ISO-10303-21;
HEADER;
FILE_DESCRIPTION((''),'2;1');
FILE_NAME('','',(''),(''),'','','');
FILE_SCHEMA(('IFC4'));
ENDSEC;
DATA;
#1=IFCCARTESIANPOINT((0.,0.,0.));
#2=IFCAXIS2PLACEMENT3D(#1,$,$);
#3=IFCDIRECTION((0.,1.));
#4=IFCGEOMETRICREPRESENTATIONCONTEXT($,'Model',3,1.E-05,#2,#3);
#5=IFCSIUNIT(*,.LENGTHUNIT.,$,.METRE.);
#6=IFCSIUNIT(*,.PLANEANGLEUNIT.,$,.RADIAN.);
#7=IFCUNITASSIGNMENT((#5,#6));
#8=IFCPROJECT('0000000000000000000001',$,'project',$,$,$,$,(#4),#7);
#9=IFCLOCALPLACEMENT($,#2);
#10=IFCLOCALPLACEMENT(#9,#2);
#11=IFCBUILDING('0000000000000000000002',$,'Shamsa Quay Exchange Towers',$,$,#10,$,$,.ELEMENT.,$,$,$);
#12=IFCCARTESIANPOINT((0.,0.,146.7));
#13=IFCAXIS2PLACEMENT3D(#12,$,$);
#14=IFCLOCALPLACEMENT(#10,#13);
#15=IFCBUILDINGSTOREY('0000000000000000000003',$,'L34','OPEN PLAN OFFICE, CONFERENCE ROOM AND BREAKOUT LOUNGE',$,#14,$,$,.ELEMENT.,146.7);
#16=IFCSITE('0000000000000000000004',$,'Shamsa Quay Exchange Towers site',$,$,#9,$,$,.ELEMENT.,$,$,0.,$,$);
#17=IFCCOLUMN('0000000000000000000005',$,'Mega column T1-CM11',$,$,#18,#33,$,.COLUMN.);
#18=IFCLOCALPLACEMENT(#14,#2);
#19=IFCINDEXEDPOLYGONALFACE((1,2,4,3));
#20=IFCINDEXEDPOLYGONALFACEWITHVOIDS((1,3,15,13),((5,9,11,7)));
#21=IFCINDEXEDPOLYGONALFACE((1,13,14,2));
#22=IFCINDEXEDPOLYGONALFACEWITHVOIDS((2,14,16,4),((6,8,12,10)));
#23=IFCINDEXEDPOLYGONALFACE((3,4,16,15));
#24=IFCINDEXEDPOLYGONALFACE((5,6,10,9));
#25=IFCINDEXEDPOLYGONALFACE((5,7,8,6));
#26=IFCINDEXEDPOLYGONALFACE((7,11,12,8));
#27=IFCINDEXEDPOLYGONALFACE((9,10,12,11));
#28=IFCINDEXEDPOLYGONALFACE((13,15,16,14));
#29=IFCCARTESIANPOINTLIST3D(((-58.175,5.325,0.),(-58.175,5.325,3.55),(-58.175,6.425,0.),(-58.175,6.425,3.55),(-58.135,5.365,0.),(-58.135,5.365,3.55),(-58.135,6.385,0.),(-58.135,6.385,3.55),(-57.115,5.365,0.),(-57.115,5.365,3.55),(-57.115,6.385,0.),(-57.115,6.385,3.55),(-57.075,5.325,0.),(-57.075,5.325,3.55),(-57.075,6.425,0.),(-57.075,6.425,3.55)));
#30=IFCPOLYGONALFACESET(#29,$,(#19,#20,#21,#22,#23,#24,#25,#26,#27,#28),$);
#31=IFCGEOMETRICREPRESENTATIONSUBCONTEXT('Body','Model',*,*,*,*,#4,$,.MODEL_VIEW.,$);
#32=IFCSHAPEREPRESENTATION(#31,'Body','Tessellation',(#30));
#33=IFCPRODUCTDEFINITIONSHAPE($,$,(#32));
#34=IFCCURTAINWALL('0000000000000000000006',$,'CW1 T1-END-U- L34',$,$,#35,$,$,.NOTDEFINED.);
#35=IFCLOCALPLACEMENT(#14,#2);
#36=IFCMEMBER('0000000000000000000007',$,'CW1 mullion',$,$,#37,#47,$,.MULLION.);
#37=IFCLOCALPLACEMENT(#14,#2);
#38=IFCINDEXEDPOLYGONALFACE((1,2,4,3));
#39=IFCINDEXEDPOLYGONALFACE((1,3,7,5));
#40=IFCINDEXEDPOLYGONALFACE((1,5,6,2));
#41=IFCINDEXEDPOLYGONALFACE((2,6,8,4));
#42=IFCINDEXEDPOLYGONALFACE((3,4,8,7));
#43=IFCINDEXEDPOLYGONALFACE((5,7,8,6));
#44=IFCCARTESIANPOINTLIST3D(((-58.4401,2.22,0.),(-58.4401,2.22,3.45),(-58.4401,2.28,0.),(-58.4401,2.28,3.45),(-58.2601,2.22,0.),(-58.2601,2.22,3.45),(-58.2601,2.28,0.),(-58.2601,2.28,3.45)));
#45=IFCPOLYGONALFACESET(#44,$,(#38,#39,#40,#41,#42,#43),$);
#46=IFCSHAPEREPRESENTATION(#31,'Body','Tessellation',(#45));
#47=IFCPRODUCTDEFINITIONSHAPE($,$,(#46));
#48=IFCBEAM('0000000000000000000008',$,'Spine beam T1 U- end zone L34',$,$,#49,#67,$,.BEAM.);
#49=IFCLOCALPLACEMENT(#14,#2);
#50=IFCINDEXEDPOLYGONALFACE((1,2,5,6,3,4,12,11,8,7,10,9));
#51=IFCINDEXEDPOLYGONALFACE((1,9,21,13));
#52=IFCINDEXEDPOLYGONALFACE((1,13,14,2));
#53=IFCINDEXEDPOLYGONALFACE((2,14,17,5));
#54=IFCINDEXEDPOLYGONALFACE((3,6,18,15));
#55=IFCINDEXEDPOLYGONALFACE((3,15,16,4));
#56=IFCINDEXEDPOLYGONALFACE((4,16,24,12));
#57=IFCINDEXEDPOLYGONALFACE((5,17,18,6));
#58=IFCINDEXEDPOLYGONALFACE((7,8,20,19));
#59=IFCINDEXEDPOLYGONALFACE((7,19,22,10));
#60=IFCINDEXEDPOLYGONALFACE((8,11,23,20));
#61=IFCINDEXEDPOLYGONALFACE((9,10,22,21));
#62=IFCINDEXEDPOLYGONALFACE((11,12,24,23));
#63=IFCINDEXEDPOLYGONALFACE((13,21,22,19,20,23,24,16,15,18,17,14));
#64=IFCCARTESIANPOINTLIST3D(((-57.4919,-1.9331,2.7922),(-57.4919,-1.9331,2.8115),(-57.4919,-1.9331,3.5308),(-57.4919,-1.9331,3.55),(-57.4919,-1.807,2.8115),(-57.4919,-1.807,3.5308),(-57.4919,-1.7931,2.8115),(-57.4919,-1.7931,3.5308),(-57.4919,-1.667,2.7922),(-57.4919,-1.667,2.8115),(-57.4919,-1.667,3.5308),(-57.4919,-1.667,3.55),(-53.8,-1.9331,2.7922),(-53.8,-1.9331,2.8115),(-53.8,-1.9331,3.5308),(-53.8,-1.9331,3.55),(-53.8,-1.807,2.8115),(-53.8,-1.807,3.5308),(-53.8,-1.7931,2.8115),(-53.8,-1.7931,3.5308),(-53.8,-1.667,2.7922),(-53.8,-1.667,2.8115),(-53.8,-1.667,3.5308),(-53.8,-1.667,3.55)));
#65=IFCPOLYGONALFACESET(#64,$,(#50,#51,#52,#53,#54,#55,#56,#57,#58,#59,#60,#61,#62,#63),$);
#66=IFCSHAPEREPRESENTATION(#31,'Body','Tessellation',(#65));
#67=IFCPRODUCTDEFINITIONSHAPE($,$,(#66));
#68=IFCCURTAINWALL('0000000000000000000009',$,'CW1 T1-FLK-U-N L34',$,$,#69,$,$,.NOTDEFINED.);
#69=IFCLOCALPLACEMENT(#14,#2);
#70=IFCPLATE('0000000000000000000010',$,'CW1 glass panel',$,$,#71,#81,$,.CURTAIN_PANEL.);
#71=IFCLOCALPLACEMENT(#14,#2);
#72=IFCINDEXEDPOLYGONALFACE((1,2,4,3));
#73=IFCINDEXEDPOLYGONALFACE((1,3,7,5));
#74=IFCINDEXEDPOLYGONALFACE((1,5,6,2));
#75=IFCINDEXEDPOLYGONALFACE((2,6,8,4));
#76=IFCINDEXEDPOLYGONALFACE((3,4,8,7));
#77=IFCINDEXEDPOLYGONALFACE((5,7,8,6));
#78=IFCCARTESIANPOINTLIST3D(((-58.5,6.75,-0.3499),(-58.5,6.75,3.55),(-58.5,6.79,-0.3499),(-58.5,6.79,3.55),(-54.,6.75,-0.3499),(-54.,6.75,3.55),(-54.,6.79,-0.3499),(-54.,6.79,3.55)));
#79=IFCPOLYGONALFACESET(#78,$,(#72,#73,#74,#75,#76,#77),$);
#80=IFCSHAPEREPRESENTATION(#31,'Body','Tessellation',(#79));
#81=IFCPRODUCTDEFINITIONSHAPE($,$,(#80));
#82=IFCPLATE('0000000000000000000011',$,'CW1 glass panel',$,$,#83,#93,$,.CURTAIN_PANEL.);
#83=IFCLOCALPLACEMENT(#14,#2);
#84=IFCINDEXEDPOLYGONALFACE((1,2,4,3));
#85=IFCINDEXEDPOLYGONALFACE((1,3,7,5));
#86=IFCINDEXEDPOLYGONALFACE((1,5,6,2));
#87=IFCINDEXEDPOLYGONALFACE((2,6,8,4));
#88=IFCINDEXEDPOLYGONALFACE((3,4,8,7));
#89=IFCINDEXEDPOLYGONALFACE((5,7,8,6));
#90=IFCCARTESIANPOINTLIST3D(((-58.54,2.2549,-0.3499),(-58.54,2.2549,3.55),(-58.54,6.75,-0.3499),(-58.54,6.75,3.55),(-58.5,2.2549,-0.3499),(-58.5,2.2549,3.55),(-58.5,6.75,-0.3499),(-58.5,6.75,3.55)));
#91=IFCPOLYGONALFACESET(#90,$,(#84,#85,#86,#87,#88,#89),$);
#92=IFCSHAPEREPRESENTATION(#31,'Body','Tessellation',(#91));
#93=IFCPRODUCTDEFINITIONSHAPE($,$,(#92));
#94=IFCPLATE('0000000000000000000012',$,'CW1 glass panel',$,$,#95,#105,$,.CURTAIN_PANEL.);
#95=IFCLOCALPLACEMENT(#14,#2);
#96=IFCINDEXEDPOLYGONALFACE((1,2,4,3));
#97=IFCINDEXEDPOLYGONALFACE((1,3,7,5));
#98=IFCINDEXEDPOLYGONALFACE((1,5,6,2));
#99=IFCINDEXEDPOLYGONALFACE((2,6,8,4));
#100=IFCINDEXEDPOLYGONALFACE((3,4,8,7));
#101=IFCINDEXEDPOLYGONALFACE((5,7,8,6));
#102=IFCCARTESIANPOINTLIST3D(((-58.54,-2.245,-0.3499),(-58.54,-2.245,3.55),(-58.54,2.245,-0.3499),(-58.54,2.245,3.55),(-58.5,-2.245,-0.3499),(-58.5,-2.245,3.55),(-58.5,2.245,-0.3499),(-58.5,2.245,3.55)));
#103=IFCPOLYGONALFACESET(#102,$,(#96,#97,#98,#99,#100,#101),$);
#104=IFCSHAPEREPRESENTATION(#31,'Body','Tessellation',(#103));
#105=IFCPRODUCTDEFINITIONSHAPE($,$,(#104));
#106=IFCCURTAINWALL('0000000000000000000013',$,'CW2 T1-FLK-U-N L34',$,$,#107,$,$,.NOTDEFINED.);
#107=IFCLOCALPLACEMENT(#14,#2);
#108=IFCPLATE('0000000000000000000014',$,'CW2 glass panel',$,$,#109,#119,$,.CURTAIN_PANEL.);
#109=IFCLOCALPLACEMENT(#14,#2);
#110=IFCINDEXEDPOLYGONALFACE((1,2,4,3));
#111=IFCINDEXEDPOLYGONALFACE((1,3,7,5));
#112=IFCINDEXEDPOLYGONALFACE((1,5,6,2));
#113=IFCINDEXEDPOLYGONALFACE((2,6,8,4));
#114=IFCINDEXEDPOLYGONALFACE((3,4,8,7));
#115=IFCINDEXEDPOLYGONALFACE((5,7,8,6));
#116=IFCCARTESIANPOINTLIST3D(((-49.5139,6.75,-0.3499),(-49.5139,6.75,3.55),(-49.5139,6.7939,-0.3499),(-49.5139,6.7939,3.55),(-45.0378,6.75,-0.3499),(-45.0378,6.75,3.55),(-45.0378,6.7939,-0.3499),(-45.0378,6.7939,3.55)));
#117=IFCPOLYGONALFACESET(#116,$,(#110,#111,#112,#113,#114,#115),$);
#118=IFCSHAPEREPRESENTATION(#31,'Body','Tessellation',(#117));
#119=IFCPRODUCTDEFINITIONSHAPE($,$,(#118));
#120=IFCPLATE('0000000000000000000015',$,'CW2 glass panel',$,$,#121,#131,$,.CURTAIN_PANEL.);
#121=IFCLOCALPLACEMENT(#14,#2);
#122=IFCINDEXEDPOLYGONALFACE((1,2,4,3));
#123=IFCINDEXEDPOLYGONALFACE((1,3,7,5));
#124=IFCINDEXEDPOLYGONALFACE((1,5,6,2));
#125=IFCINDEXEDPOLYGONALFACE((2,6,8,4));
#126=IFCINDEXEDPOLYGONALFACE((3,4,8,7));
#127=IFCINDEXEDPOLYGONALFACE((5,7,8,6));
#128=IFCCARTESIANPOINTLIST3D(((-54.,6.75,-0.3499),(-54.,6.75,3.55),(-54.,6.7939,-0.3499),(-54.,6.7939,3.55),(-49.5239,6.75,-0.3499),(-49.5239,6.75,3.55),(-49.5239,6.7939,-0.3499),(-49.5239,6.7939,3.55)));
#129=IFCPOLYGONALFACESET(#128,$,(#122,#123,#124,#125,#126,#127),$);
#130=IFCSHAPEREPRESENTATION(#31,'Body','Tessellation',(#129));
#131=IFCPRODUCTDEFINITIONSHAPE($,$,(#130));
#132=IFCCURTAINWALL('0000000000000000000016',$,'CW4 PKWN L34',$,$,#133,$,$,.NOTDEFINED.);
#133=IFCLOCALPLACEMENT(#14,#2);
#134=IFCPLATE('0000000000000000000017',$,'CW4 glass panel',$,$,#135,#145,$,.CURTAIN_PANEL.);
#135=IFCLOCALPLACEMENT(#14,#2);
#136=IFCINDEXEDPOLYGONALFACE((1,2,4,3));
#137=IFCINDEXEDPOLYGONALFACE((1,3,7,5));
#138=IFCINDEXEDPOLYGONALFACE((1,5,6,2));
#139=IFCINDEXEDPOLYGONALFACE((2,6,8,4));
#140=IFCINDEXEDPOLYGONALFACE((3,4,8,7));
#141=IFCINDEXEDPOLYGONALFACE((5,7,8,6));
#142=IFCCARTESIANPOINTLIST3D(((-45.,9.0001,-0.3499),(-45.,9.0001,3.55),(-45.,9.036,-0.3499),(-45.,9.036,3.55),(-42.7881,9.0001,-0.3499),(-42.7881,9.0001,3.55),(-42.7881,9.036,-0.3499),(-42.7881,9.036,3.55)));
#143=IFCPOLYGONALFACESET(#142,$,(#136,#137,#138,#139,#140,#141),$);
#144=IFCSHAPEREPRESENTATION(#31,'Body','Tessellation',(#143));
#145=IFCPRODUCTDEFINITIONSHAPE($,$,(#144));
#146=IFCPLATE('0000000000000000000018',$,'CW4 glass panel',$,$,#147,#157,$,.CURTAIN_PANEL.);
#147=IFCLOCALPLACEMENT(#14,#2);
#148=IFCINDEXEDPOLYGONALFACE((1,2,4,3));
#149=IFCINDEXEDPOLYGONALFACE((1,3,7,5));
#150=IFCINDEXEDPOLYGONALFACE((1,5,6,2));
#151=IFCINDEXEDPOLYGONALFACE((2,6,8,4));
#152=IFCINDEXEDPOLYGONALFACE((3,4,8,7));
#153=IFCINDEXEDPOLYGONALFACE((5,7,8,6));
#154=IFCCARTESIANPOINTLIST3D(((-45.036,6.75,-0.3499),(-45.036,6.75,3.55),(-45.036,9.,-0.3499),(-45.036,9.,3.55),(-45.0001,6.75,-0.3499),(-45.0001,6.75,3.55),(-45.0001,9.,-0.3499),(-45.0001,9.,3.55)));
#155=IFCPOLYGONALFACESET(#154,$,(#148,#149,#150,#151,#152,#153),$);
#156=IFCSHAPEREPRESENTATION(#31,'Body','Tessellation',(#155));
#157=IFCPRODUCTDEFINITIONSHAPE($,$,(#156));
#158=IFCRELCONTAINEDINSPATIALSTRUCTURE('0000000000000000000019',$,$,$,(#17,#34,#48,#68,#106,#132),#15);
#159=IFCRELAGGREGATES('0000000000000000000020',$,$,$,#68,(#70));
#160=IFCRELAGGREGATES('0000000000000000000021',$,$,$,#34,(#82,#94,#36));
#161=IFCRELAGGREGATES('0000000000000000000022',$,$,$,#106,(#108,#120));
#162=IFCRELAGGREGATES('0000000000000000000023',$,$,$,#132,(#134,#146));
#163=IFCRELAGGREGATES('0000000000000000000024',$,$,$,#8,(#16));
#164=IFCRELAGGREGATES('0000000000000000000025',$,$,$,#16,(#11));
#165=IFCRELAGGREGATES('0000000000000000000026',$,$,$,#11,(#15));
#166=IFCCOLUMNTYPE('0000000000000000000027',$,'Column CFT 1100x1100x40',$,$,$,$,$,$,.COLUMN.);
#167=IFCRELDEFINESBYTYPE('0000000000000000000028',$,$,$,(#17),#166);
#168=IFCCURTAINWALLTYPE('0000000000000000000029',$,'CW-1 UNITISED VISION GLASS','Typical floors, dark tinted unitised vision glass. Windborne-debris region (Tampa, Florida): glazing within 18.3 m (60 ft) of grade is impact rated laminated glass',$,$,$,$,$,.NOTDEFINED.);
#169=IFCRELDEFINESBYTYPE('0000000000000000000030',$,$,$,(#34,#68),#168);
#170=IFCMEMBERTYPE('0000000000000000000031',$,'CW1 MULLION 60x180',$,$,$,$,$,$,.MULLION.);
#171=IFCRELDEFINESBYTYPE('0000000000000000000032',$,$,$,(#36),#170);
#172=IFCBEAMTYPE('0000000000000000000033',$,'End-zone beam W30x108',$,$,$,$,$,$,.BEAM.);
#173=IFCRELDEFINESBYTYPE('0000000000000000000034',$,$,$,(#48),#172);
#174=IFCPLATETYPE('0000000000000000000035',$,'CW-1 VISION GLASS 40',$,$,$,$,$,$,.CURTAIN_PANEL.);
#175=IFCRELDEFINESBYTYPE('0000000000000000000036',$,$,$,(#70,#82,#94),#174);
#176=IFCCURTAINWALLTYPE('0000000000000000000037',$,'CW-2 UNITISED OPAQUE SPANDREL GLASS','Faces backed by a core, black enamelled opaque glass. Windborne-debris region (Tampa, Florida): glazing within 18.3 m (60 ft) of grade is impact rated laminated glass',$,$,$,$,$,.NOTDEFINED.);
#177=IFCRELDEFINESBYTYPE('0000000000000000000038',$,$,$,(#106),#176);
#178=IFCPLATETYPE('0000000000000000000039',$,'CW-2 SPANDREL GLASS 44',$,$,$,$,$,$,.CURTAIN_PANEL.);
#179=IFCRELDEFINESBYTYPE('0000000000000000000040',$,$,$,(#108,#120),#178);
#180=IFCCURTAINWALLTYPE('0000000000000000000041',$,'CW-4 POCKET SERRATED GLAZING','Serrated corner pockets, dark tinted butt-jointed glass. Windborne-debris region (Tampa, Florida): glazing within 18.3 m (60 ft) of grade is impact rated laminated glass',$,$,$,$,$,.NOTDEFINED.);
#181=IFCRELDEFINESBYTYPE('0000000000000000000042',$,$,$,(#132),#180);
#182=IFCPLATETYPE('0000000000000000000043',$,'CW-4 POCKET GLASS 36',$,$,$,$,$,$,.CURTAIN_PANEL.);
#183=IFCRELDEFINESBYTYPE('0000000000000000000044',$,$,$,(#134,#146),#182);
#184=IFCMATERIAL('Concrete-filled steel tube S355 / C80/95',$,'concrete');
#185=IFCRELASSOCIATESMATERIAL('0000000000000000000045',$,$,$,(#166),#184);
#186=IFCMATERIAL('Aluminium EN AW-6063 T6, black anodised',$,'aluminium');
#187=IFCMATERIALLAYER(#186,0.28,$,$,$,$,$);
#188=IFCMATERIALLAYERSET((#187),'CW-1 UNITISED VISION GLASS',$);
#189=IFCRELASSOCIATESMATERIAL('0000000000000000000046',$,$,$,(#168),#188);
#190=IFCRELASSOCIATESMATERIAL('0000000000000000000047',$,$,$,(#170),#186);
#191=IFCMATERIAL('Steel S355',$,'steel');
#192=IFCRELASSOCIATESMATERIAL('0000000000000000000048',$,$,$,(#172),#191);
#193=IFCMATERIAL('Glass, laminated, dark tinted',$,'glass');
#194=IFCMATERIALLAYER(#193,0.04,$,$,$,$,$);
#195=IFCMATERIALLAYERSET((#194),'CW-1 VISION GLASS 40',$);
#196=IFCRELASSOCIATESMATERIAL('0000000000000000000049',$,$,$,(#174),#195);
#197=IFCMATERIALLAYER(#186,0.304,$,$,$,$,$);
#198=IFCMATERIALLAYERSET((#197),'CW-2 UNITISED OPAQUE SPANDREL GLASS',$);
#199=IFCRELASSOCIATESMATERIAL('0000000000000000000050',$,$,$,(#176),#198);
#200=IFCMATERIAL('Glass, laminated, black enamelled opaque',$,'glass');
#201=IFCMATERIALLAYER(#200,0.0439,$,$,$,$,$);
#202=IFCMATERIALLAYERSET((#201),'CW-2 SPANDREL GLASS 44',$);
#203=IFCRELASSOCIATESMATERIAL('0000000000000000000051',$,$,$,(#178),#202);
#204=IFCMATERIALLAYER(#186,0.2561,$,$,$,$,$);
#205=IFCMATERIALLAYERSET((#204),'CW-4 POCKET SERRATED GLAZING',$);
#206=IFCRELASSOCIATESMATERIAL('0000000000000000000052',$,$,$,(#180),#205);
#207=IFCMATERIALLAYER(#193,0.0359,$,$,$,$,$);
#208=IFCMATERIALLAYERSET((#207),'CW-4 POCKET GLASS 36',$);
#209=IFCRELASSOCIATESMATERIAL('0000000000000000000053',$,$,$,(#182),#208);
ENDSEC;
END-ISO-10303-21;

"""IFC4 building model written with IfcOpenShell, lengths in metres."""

from ifc_helpers import new_model, si_unit, direction, frame, origin, origin_2d, place, context, subcontext, project, spatial, rectangle, hollow_rectangle, i_section, extrude, material, layer, layer_set, material_profile, profile_set, type_object, element, aggregate, save


model = new_model("IFC4")

# Units and contexts
model_context = context("Model", 3, precision=1e-05, world=origin(), true_north=direction((0.0, 1.0)))
body_context = subcontext(model_context, "Body", "Model", "MODEL_VIEW")
ifc_project = project(units=[si_unit("LENGTHUNIT", "METRE"), si_unit("PLANEANGLEUNIT", "RADIAN")], contexts=[model_context])

# Site, building, storey
site_placement = place(None, origin())
site = spatial("IfcSite", under=ifc_project, at=site_placement, Name="Shamsa Quay Exchange Towers site", CompositionType="ELEMENT", RefElevation=0.0)
building_placement = place(site_placement, origin())
building = spatial("IfcBuilding", under=site, at=building_placement, Name="Shamsa Quay Exchange Towers", CompositionType="ELEMENT")
storey_placement = place(building_placement, frame((0.0, 0.0, 146.7)))
storey = spatial("IfcBuildingStorey", under=building, at=storey_placement, Name="L34", Description="OPEN PLAN OFFICE, CONFERENCE ROOM AND BREAKOUT LOUNGE", CompositionType="ELEMENT", Elevation=146.7)

# Column
ifc_material_1 = material(Name="Concrete-filled steel tube S355 / C80/95", Category="concrete")
ifc_material_profile_1 = material_profile(ifc_material_1, hollow_rectangle(XDim=1.1001, YDim=1.1001, WallThickness=0.04, at=origin_2d()), Name="CFT 1100x1100x40")
ifc_profile_set_1 = profile_set([ifc_material_profile_1], Name="Concrete-filled steel tube S355 / C80/95")
column_type = type_object("IfcColumnType", Name="Column CFT 1100x1100x40", PredefinedType="COLUMN", material=ifc_profile_set_1)
column_placement = place(storey_placement, frame((-57.625, 5.875, 0.0)))
element("IfcColumn", 1, at=column_placement, inside=storey, type_object=column_type, Name="Mega column T1-CM11", PredefinedType="COLUMN", context=body_context, shape_type="SweptSolid", body=[
    extrude(hollow_rectangle(XDim=1.1001, YDim=1.1001, WallThickness=0.04, at=origin_2d()), origin(), (0.0, 0.0, 1.0), 3.55),
])

# Curtain wall, member
ifc_material_2 = material(Name="Aluminium EN AW-6063 T6, black anodised", Category="aluminium")
ifc_layer_1 = layer(ifc_material_2, 0.28)
ifc_layer_set_1 = layer_set([ifc_layer_1], Name="CW-1 UNITISED VISION GLASS")
curtain_wall_type_1 = type_object("IfcCurtainWallType", Name="CW-1 UNITISED VISION GLASS", Description="Typical floors, dark tinted unitised vision glass. Windborne-debris region (Tampa, Florida): glazing within 18.3 m (60 ft) of grade is impact rated laminated glass", PredefinedType="NOTDEFINED", material=ifc_layer_set_1)
curtain_wall_1_placement = place(storey_placement, origin())
curtain_wall_1 = element("IfcCurtainWall", 2, at=curtain_wall_1_placement, inside=storey, type_object=curtain_wall_type_1, Name="CW1 T1-END-U- L34", PredefinedType="NOTDEFINED")
ifc_material_profile_2 = material_profile(ifc_material_2, rectangle(XDim=0.1799, YDim=0.0601, at=origin_2d()), Name="MU60x180")
ifc_profile_set_2 = profile_set([ifc_material_profile_2], Name="Aluminium EN AW-6063 T6, black anodised")
member_type = type_object("IfcMemberType", Name="CW1 MULLION 60x180", PredefinedType="MULLION", material=ifc_profile_set_2)
member_placement = place(storey_placement, frame((-58.3501, 2.25, 0.0)))
member = element("IfcMember", 3, at=member_placement, type_object=member_type, Name="CW1 mullion", PredefinedType="MULLION", context=body_context, shape_type="SweptSolid", body=[
    extrude(rectangle(XDim=0.1799, YDim=0.0601, at=origin_2d()), origin(), (0.0, 0.0, 1.0), 3.45),
])

# Beam
ifc_material_3 = material(Name="Steel S355", Category="steel")
ifc_material_profile_3 = material_profile(ifc_material_3, i_section(OverallWidth=0.2661, OverallDepth=0.7578, WebThickness=0.0139, FlangeThickness=0.0193, at=origin_2d()), Name="W30x108")
ifc_profile_set_3 = profile_set([ifc_material_profile_3], Name="Steel S355")
beam_type = type_object("IfcBeamType", Name="End-zone beam W30x108", PredefinedType="BEAM", material=ifc_profile_set_3)
beam_placement = place(storey_placement, frame((-53.8, -1.8, 3.1711), z_axis=(-1.0, 0.0, 0.0), x_axis=(0.0, -1.0, 0.0)))
element("IfcBeam", 4, at=beam_placement, inside=storey, type_object=beam_type, Name="Spine beam T1 U- end zone L34", PredefinedType="BEAM", context=body_context, shape_type="SweptSolid", body=[
    extrude(i_section(OverallWidth=0.2661, OverallDepth=0.7578, WebThickness=0.0139, FlangeThickness=0.0193, at=origin_2d()), origin(), (0.0, 0.0, 1.0), 3.6919),
])

# Curtain wall, plate
curtain_wall_2_placement = place(storey_placement, origin())
curtain_wall_2 = element("IfcCurtainWall", 5, at=curtain_wall_2_placement, inside=storey, type_object=curtain_wall_type_1, Name="CW1 T1-FLK-U-N L34", PredefinedType="NOTDEFINED")
ifc_material_4 = material(Name="Glass, laminated, dark tinted", Category="glass")
ifc_layer_2 = layer(ifc_material_4, 0.04)
ifc_layer_set_2 = layer_set([ifc_layer_2], Name="CW-1 VISION GLASS 40")
plate_type_1 = type_object("IfcPlateType", Name="CW-1 VISION GLASS 40", PredefinedType="CURTAIN_PANEL", material=ifc_layer_set_2)
plate_1_placement = place(storey_placement, frame((-56.25, 6.77, -0.3499), z_axis=(0.0, 0.0, 1.0), x_axis=(-1.0, 0.0, 0.0)))
plate_1 = element("IfcPlate", 6, at=plate_1_placement, type_object=plate_type_1, Name="CW1 glass panel", PredefinedType="CURTAIN_PANEL", context=body_context, shape_type="SweptSolid", body=[
    extrude(rectangle(XDim=4.5, YDim=0.04, at=origin_2d()), origin(), (0.0, 0.0, 1.0), 3.8999),
])
aggregate(curtain_wall_2, [plate_1])

# Plates
plate_2_placement = place(storey_placement, frame((-58.52, 4.5024, -0.3499), z_axis=(0.0, 0.0, 1.0), x_axis=(0.0, -1.0, 0.0)))
plate_2 = element("IfcPlate", 7, at=plate_2_placement, type_object=plate_type_1, Name="CW1 glass panel", PredefinedType="CURTAIN_PANEL", context=body_context, shape_type="SweptSolid", body=[
    extrude(rectangle(XDim=4.4951, YDim=0.04, at=origin_2d()), origin(), (0.0, 0.0, 1.0), 3.8999),
])
plate_3_placement = place(storey_placement, frame((-58.52, 0.0, -0.3499), z_axis=(0.0, 0.0, 1.0), x_axis=(0.0, -1.0, 0.0)))
plate_3 = element("IfcPlate", 8, at=plate_3_placement, type_object=plate_type_1, Name="CW1 glass panel", PredefinedType="CURTAIN_PANEL", context=body_context, shape_type="SweptSolid", body=[
    extrude(rectangle(XDim=4.49, YDim=0.04, at=origin_2d()), origin(), (0.0, 0.0, 1.0), 3.8999),
])
aggregate(curtain_wall_1, [plate_2, plate_3, member])

# Curtain walls, plates
ifc_layer_3 = layer(ifc_material_2, 0.304)
ifc_layer_set_3 = layer_set([ifc_layer_3], Name="CW-2 UNITISED OPAQUE SPANDREL GLASS")
curtain_wall_type_2 = type_object("IfcCurtainWallType", Name="CW-2 UNITISED OPAQUE SPANDREL GLASS", Description="Faces backed by a core, black enamelled opaque glass. Windborne-debris region (Tampa, Florida): glazing within 18.3 m (60 ft) of grade is impact rated laminated glass", PredefinedType="NOTDEFINED", material=ifc_layer_set_3)
curtain_wall_3_placement = place(storey_placement, origin())
curtain_wall_3 = element("IfcCurtainWall", 9, at=curtain_wall_3_placement, inside=storey, type_object=curtain_wall_type_2, Name="CW2 T1-FLK-U-N L34", PredefinedType="NOTDEFINED")
ifc_material_5 = material(Name="Glass, laminated, black enamelled opaque", Category="glass")
ifc_layer_4 = layer(ifc_material_5, 0.0439)
ifc_layer_set_4 = layer_set([ifc_layer_4], Name="CW-2 SPANDREL GLASS 44")
plate_type_2 = type_object("IfcPlateType", Name="CW-2 SPANDREL GLASS 44", PredefinedType="CURTAIN_PANEL", material=ifc_layer_set_4)
plate_4_placement = place(storey_placement, frame((-47.2759, 6.772, -0.3499), z_axis=(0.0, 0.0, 1.0), x_axis=(-1.0, 0.0, 0.0)))
plate_4 = element("IfcPlate", 10, at=plate_4_placement, type_object=plate_type_2, Name="CW2 glass panel", PredefinedType="CURTAIN_PANEL", context=body_context, shape_type="SweptSolid", body=[
    extrude(rectangle(XDim=4.4761, YDim=0.0439, at=origin_2d()), origin(), (0.0, 0.0, 1.0), 3.8999),
])
plate_5_placement = place(storey_placement, frame((-51.762, 6.772, -0.3499), z_axis=(0.0, 0.0, 1.0), x_axis=(-1.0, 0.0, 0.0)))
plate_5 = element("IfcPlate", 11, at=plate_5_placement, type_object=plate_type_2, Name="CW2 glass panel", PredefinedType="CURTAIN_PANEL", context=body_context, shape_type="SweptSolid", body=[
    extrude(rectangle(XDim=4.4761, YDim=0.0439, at=origin_2d()), origin(), (0.0, 0.0, 1.0), 3.8999),
])
aggregate(curtain_wall_3, [plate_4, plate_5])
ifc_layer_5 = layer(ifc_material_2, 0.2561)
ifc_layer_set_5 = layer_set([ifc_layer_5], Name="CW-4 POCKET SERRATED GLAZING")
curtain_wall_type_3 = type_object("IfcCurtainWallType", Name="CW-4 POCKET SERRATED GLAZING", Description="Serrated corner pockets, dark tinted butt-jointed glass. Windborne-debris region (Tampa, Florida): glazing within 18.3 m (60 ft) of grade is impact rated laminated glass", PredefinedType="NOTDEFINED", material=ifc_layer_set_5)
curtain_wall_4_placement = place(storey_placement, origin())
curtain_wall_4 = element("IfcCurtainWall", 12, at=curtain_wall_4_placement, inside=storey, type_object=curtain_wall_type_3, Name="CW4 PKWN L34", PredefinedType="NOTDEFINED")
ifc_layer_6 = layer(ifc_material_4, 0.0359)
ifc_layer_set_6 = layer_set([ifc_layer_6], Name="CW-4 POCKET GLASS 36")
plate_type_3 = type_object("IfcPlateType", Name="CW-4 POCKET GLASS 36", PredefinedType="CURTAIN_PANEL", material=ifc_layer_set_6)
plate_6_placement = place(storey_placement, frame((-43.894, 9.0181, -0.3499), z_axis=(0.0, 0.0, 1.0), x_axis=(-1.0, 0.0, 0.0)))
plate_6 = element("IfcPlate", 13, at=plate_6_placement, type_object=plate_type_3, Name="CW4 glass panel", PredefinedType="CURTAIN_PANEL", context=body_context, shape_type="SweptSolid", body=[
    extrude(rectangle(XDim=2.2119, YDim=0.0359, at=origin_2d()), origin(), (0.0, 0.0, 1.0), 3.8999),
])
plate_7_placement = place(storey_placement, frame((-45.0181, 7.875, -0.3499), z_axis=(0.0, 0.0, 1.0), x_axis=(0.0, -1.0, 0.0)))
plate_7 = element("IfcPlate", 14, at=plate_7_placement, type_object=plate_type_3, Name="CW4 glass panel", PredefinedType="CURTAIN_PANEL", context=body_context, shape_type="SweptSolid", body=[
    extrude(rectangle(XDim=2.25, YDim=0.0359, at=origin_2d()), origin(), (0.0, 0.0, 1.0), 3.8999),
])
aggregate(curtain_wall_4, [plate_6, plate_7])

save(model, "model.ifc")
